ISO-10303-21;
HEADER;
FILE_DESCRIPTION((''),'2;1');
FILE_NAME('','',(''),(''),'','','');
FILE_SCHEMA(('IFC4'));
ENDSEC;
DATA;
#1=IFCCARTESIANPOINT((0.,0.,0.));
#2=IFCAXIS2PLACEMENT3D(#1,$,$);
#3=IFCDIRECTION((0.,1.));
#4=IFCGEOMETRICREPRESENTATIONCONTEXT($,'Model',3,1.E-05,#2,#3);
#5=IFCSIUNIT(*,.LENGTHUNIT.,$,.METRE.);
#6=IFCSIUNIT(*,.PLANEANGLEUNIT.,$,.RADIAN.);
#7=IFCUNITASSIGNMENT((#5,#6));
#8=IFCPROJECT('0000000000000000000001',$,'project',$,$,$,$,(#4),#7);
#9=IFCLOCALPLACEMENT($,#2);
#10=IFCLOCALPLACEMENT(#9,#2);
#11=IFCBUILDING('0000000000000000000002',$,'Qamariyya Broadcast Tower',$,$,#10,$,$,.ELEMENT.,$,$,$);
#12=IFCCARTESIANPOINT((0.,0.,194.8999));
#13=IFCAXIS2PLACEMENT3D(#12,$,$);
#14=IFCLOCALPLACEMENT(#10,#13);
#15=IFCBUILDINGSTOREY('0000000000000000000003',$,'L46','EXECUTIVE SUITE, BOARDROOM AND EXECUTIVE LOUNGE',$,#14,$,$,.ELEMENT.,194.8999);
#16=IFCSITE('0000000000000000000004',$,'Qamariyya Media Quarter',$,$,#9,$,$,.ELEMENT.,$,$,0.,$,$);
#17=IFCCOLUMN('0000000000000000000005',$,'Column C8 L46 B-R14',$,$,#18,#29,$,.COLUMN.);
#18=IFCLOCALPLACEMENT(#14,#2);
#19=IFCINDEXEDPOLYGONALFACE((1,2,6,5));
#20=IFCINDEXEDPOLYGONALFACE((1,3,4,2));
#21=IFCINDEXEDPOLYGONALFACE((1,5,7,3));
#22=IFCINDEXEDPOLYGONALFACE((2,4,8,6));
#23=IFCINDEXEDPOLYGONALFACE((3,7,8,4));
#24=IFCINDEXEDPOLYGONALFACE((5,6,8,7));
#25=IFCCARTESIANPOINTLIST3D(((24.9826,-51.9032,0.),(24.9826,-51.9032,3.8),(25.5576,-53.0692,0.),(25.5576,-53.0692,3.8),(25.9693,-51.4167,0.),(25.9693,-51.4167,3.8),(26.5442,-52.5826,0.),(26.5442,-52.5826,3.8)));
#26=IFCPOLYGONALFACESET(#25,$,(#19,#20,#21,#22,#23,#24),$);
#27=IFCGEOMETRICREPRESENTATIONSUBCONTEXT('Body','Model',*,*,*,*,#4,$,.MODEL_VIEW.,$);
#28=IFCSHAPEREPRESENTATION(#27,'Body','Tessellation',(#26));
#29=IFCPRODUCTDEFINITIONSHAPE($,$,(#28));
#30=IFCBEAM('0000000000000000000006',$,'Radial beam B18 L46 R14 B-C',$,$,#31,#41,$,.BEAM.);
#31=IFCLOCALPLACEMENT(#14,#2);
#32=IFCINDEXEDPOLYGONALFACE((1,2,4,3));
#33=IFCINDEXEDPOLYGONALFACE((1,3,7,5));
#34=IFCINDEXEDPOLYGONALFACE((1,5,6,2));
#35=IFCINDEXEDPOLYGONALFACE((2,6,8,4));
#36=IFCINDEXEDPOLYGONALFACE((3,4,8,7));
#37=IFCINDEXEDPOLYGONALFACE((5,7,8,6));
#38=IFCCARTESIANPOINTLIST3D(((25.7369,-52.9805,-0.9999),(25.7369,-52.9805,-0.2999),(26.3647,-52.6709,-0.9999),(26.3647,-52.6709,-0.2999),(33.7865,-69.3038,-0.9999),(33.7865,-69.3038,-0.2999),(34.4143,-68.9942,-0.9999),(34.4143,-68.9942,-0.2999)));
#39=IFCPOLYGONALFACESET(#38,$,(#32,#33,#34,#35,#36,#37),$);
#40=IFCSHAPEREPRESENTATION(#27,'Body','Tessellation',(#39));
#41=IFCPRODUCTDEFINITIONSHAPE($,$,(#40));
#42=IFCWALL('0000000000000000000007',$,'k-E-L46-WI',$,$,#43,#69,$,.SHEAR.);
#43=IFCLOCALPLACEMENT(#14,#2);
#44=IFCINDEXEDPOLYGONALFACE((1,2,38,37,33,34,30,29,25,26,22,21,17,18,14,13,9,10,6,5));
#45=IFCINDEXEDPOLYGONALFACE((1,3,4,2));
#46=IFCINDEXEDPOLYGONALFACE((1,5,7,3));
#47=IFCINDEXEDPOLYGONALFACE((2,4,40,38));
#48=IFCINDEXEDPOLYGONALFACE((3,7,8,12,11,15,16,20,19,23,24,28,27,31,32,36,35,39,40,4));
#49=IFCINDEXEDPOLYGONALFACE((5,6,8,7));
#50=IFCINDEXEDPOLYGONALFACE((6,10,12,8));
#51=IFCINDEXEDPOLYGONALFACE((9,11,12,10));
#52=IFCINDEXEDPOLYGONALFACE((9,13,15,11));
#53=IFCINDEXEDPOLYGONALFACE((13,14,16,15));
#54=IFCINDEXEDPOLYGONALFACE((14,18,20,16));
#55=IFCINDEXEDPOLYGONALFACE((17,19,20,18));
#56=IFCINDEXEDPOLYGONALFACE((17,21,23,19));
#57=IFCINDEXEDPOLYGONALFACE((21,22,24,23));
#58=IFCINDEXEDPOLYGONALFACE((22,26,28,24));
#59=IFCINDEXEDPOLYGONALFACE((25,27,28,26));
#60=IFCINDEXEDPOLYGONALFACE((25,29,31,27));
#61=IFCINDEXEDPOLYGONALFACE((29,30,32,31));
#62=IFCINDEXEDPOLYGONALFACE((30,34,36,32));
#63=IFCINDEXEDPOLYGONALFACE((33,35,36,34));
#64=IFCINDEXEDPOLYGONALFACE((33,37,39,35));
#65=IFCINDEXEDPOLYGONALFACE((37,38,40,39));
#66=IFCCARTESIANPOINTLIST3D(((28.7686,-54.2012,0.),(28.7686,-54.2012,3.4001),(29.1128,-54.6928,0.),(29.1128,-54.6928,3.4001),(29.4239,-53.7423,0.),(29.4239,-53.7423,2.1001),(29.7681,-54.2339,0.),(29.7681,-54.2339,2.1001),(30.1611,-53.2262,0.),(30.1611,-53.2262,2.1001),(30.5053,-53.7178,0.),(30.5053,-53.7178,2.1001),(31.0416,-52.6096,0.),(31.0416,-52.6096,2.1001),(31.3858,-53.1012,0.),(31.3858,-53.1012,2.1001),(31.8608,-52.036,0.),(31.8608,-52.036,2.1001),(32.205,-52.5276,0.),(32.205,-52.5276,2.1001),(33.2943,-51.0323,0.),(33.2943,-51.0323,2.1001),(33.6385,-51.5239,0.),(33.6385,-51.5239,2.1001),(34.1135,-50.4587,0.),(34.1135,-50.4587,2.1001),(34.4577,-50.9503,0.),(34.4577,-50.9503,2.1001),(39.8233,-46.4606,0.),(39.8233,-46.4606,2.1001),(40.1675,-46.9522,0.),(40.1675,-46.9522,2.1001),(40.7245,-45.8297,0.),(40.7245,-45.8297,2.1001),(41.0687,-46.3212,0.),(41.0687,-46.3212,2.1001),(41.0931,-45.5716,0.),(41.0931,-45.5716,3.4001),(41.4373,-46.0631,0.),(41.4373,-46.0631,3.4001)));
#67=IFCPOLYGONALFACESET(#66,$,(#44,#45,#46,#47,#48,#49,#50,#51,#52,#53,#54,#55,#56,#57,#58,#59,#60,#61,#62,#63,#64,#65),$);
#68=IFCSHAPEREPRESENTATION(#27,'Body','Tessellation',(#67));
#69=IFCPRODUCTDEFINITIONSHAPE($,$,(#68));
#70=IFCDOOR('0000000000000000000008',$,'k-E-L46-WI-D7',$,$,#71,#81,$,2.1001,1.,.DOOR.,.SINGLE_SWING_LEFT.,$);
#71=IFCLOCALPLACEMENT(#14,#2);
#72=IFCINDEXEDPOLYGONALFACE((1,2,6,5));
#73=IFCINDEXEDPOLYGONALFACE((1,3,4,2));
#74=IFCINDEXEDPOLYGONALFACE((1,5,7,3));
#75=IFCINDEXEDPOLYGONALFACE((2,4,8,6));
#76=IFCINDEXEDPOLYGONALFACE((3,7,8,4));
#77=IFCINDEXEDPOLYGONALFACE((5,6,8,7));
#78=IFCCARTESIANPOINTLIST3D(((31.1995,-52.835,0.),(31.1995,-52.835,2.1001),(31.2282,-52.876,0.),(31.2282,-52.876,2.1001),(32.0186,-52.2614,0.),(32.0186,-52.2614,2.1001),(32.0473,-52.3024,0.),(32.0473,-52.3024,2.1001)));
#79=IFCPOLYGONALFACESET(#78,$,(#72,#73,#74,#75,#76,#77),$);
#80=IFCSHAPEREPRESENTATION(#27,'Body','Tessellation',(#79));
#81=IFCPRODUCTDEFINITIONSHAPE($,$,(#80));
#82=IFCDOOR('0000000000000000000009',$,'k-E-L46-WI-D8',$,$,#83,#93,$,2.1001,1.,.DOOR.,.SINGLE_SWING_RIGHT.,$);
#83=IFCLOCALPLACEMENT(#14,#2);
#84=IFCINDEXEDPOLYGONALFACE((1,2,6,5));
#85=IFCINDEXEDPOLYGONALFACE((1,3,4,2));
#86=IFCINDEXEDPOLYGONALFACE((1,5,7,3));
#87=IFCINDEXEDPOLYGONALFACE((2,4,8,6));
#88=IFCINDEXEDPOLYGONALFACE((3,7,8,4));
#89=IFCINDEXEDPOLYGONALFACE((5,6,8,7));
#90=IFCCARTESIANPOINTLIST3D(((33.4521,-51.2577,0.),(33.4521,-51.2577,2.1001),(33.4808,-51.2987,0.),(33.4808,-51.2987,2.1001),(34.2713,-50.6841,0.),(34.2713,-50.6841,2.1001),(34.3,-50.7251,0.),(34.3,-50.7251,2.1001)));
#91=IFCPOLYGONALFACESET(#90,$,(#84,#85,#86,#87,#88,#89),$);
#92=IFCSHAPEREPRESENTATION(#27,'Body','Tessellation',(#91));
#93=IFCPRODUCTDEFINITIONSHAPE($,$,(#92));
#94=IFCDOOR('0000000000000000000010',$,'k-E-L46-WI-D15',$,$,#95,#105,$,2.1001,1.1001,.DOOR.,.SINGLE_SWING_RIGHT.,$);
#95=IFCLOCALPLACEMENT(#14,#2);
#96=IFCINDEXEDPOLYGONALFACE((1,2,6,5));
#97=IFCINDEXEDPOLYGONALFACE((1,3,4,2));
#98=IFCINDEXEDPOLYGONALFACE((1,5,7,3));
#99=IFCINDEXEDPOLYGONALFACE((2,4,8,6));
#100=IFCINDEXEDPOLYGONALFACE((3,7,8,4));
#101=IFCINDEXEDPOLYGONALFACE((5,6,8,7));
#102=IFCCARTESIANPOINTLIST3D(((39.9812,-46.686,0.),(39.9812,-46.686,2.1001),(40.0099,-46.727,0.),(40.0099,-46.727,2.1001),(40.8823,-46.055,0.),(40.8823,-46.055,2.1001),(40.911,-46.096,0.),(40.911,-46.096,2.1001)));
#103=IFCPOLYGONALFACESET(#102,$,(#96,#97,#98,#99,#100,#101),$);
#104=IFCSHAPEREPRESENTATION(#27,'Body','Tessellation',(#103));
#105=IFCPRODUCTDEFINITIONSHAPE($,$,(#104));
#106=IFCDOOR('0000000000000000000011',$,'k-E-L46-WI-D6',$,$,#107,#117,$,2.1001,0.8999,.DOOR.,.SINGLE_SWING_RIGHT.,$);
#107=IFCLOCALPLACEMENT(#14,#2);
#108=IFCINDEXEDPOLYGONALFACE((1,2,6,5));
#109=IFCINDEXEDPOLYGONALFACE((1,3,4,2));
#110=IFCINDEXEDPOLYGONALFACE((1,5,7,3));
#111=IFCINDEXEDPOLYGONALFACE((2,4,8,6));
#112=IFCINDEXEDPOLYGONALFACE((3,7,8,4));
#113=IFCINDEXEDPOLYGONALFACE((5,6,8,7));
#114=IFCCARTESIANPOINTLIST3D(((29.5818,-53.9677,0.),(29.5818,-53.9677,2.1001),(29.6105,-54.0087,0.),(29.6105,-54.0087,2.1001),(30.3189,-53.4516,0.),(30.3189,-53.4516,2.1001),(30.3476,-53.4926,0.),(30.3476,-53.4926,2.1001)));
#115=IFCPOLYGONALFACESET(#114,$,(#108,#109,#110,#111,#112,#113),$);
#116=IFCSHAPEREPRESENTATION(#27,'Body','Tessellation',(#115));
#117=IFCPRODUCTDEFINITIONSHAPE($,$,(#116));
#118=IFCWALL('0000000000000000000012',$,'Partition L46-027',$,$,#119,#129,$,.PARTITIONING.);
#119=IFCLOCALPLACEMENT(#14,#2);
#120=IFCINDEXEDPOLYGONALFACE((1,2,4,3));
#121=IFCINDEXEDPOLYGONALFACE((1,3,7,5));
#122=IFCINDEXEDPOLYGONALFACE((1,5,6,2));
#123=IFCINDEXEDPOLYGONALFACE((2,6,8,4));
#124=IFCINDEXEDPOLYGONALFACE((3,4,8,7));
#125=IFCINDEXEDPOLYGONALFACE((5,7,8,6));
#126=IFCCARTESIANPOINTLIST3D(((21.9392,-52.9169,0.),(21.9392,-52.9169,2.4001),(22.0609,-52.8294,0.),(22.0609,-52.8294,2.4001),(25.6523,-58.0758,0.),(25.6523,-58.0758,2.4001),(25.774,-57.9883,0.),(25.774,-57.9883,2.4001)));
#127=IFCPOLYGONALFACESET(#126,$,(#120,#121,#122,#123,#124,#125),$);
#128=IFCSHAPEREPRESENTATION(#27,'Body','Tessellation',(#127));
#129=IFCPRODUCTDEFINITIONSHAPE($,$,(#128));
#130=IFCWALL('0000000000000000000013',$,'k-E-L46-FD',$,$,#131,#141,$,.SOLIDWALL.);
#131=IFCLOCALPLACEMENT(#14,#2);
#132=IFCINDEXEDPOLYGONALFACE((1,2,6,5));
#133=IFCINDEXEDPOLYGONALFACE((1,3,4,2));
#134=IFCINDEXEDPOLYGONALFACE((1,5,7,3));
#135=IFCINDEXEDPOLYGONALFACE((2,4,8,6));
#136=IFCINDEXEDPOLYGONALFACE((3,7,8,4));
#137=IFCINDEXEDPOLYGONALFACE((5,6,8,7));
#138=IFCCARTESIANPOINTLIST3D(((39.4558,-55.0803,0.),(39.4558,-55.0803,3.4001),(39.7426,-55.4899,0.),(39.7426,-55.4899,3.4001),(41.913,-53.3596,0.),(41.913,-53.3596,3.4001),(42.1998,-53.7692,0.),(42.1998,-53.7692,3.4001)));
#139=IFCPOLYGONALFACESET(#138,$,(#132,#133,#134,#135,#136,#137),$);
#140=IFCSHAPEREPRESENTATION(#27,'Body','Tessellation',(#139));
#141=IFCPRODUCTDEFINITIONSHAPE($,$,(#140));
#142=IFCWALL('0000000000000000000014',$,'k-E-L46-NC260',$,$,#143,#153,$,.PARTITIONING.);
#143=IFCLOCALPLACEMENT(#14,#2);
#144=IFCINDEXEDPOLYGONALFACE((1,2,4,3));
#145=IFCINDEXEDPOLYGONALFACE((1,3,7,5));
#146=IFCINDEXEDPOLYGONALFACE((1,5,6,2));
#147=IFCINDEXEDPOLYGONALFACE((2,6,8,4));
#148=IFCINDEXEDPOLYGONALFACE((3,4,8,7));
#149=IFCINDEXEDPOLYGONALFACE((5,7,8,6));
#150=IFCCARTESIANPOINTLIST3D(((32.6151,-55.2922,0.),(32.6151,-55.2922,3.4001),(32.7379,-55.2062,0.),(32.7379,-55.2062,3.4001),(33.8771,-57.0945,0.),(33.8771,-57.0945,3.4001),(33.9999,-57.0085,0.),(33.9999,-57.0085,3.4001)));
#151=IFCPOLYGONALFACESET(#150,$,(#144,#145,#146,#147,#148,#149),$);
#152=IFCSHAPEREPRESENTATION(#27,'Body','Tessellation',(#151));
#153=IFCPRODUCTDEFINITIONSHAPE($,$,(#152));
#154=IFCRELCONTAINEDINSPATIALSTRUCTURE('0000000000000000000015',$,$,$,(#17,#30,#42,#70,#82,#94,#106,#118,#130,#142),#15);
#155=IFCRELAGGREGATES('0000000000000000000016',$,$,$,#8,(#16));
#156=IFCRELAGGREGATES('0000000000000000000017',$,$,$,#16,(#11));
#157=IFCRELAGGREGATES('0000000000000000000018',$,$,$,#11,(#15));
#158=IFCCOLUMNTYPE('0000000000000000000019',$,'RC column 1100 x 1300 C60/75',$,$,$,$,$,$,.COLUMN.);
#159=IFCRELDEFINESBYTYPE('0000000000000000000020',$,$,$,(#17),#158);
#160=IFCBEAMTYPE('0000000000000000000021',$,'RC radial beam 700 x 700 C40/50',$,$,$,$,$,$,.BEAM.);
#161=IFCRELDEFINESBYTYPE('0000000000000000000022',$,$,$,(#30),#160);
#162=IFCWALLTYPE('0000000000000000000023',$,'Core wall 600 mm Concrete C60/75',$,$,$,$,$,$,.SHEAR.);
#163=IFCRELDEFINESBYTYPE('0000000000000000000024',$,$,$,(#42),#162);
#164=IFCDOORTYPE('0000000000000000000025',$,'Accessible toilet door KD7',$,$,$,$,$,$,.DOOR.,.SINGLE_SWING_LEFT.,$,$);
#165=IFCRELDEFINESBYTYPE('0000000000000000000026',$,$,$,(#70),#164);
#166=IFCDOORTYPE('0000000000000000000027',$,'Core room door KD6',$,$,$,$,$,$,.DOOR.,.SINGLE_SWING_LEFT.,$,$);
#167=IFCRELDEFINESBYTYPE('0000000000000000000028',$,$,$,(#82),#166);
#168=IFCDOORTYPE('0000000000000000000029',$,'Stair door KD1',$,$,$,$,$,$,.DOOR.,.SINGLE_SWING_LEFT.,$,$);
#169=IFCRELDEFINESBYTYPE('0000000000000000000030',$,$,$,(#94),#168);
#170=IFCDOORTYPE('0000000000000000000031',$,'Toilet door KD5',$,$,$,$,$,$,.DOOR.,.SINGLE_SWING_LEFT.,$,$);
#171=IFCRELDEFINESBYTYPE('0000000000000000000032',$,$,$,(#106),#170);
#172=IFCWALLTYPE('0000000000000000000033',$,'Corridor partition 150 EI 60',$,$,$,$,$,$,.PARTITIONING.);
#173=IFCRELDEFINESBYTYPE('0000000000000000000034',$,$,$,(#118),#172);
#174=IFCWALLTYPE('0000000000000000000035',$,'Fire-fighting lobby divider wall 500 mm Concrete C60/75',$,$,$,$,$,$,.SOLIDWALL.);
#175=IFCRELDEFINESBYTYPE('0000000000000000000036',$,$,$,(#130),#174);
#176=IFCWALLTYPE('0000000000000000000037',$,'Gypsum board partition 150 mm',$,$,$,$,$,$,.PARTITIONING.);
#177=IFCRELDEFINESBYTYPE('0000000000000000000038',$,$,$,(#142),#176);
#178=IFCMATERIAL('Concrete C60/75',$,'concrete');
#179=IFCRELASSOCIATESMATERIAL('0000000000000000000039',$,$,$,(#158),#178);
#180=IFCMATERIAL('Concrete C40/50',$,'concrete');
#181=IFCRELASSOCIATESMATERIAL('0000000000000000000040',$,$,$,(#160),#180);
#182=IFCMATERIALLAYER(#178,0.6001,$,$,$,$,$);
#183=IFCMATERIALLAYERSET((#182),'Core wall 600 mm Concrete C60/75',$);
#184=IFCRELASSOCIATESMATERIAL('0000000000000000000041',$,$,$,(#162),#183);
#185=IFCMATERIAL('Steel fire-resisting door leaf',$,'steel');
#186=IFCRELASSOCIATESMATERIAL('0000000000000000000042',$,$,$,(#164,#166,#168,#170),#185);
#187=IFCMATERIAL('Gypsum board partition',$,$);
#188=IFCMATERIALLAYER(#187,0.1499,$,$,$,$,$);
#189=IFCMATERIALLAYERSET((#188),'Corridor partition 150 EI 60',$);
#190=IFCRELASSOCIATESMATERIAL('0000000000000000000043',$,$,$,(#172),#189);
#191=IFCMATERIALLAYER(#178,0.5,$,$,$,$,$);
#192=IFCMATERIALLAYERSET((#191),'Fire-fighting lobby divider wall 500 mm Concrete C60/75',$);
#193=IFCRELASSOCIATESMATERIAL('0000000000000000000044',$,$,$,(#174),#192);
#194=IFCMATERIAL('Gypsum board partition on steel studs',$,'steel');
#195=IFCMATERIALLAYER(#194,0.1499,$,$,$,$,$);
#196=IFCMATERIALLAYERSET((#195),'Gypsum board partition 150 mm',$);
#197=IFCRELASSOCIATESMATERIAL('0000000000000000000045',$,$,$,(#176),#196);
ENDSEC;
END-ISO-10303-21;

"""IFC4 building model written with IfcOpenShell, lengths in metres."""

from ifc_helpers import new_model, si_unit, direction, frame, frame_2d, origin, origin_2d, place, context, subcontext, project, spatial, rectangle, extrude, material, layer, layer_set, material_profile, profile_set, type_object, element, fill, save


model = new_model("IFC4")

# Units and contexts
model_context = context("Model", 3, precision=1e-05, world=origin(), true_north=direction((0.0, 1.0)))
body_context = subcontext(model_context, "Body", "Model", "MODEL_VIEW")
ifc_project = project(units=[si_unit("LENGTHUNIT", "METRE"), si_unit("PLANEANGLEUNIT", "RADIAN")], contexts=[model_context])

# Site, building, storey
site_placement = place(None, origin())
site = spatial("IfcSite", under=ifc_project, at=site_placement, Name="Qamariyya Media Quarter", CompositionType="ELEMENT", RefElevation=0.0)
building_placement = place(site_placement, origin())
building = spatial("IfcBuilding", under=site, at=building_placement, Name="Qamariyya Broadcast Tower", CompositionType="ELEMENT")
storey_placement = place(building_placement, frame((0.0, 0.0, 194.8999)))
storey = spatial("IfcBuildingStorey", under=building, at=storey_placement, Name="L46", Description="EXECUTIVE SUITE, BOARDROOM AND EXECUTIVE LOUNGE", CompositionType="ELEMENT", Elevation=194.8999)

# Column
ifc_material_1 = material(Name="Concrete C60/75", Category="concrete")
ifc_material_profile_1 = material_profile(ifc_material_1, rectangle(XDim=1.1001, YDim=1.3, at=origin_2d()))
ifc_profile_set_1 = profile_set([ifc_material_profile_1], Name="Concrete C60/75")
column_type = type_object("IfcColumnType", Name="RC column 1100 x 1300 C60/75", PredefinedType="COLUMN", material=ifc_profile_set_1)
column_placement = place(storey_placement, frame((25.7634, -52.2429, 0.0), z_axis=(0.0, 0.0, 1.0), x_axis=(0.896873, 0.442289, 0.0)))
element("IfcColumn", 1, at=column_placement, inside=storey, type_object=column_type, Name="Column C8 L46 B-R14", PredefinedType="COLUMN", context=body_context, shape_type="SweptSolid", body=[
    extrude(rectangle(XDim=1.1001, YDim=1.3, at=origin_2d()), origin(), (0.0, 0.0, 1.0), 3.8),
])

# Beam
ifc_material_2 = material(Name="Concrete C40/50", Category="concrete")
ifc_material_profile_2 = material_profile(ifc_material_2, rectangle(XDim=0.7, YDim=0.7, at=origin_2d()))
ifc_profile_set_2 = profile_set([ifc_material_profile_2], Name="Concrete C40/50")
beam_type = type_object("IfcBeamType", Name="RC radial beam 700 x 700 C40/50", PredefinedType="BEAM", material=ifc_profile_set_2)
beam_placement = place(storey_placement, frame((26.0508, -52.8257, -0.6499), z_axis=(0.442281, -0.896876, 0.0), x_axis=(0.896876, 0.442281, 0.0)))
element("IfcBeam", 2, at=beam_placement, inside=storey, type_object=beam_type, Name="Radial beam B18 L46 R14 B-C", PredefinedType="BEAM", context=body_context, shape_type="SweptSolid", body=[
    extrude(rectangle(XDim=0.7, YDim=0.7, at=origin_2d()), origin(), (0.0, 0.0, 1.0), 18.2002),
])

# Wall, openings, doors
ifc_layer_1 = layer(ifc_material_1, 0.6001)
ifc_layer_set_1 = layer_set([ifc_layer_1], Name="Core wall 600 mm Concrete C60/75")
wall_type_1 = type_object("IfcWallType", Name="Core wall 600 mm Concrete C60/75", PredefinedType="SHEAR", material=ifc_layer_set_1)
wall_1_placement = place(storey_placement, frame((28.9407, -54.447, 0.0), z_axis=(0.0, 0.0, 1.0), x_axis=(0.819153, 0.573575, 0.0)))
wall_1 = element("IfcWall", 3, at=wall_1_placement, inside=storey, type_object=wall_type_1, Name="k-E-L46-WI", PredefinedType="SHEAR", context=body_context, shape_type="SweptSolid", body=[
    extrude(rectangle(XDim=15.0454, YDim=0.6001, at=frame_2d((7.5227, 0.0))), origin(), (0.0, 0.0, 1.0), 3.4001),
])
opening_1_placement = place(wall_1_placement, frame((0.8, 0.0, 0.0)))
opening_1 = element("IfcOpeningElement", 4, at=opening_1_placement, cuts=wall_1, PredefinedType="OPENING", context=body_context, shape_type="SweptSolid", body=[
    extrude(rectangle(XDim=0.8999, YDim=2.1001, at=frame_2d((0.45, 1.05))), frame((0.0, 0.3101, 0.0), z_axis=(0.0, -1.0, 0.0), x_axis=(1.0, 0.0, 0.0)), (0.0, 0.0, 1.0), 0.6201),
])
opening_2_placement = place(wall_1_placement, frame((2.7749, 0.0, 0.0)))
opening_2 = element("IfcOpeningElement", 5, at=opening_2_placement, cuts=wall_1, PredefinedType="OPENING", context=body_context, shape_type="SweptSolid", body=[
    extrude(rectangle(XDim=1.0, YDim=2.1001, at=frame_2d((0.5, 1.05))), frame((0.0, 0.3101, 0.0), z_axis=(0.0, -1.0, 0.0), x_axis=(1.0, 0.0, 0.0)), (0.0, 0.0, 1.0), 0.6201),
])
opening_3_placement = place(wall_1_placement, frame((5.5249, 0.0, 0.0)))
opening_3 = element("IfcOpeningElement", 6, at=opening_3_placement, cuts=wall_1, PredefinedType="OPENING", context=body_context, shape_type="SweptSolid", body=[
    extrude(rectangle(XDim=1.0, YDim=2.1001, at=frame_2d((0.5, 1.05))), frame((0.0, 0.3101, 0.0), z_axis=(0.0, -1.0, 0.0), x_axis=(1.0, 0.0, 0.0)), (0.0, 0.0, 1.0), 0.6201),
])
opening_4_placement = place(wall_1_placement, frame((13.4954, 0.0, 0.0)))
opening_4 = element("IfcOpeningElement", 7, at=opening_4_placement, cuts=wall_1, PredefinedType="OPENING", context=body_context, shape_type="SweptSolid", body=[
    extrude(rectangle(XDim=1.1001, YDim=2.1001, at=frame_2d((0.55, 1.05))), frame((0.0, 0.3101, 0.0), z_axis=(0.0, -1.0, 0.0), x_axis=(1.0, 0.0, 0.0)), (0.0, 0.0, 1.0), 0.6201),
])
ifc_material_3 = material(Name="Steel fire-resisting door leaf", Category="steel")
door_type_1 = type_object("IfcDoorType", Name="Accessible toilet door KD7", OperationType="SINGLE_SWING_LEFT", PredefinedType="DOOR", material=ifc_material_3)
door_1_placement = place(opening_2_placement, origin())
door_1 = element("IfcDoor", 8, at=door_1_placement, inside=storey, type_object=door_type_1, Name="k-E-L46-WI-D7", OperationType="SINGLE_SWING_LEFT", OverallHeight=2.1001, OverallWidth=1.0, PredefinedType="DOOR", context=body_context, shape_type="SweptSolid", body=[
    extrude(rectangle(XDim=1.0, YDim=2.1001, at=frame_2d((0.5, 1.05))), frame((0.0, 0.0249, 0.0), z_axis=(0.0, -1.0, 0.0), x_axis=(1.0, 0.0, 0.0)), (0.0, 0.0, 1.0), 0.05),
])
fill(opening_2, door_1)
door_type_2 = type_object("IfcDoorType", Name="Core room door KD6", OperationType="SINGLE_SWING_LEFT", PredefinedType="DOOR", material=ifc_material_3)
door_2_placement = place(opening_3_placement, origin())
door_2 = element("IfcDoor", 9, at=door_2_placement, inside=storey, type_object=door_type_2, Name="k-E-L46-WI-D8", OperationType="SINGLE_SWING_RIGHT", OverallHeight=2.1001, OverallWidth=1.0, PredefinedType="DOOR", context=body_context, shape_type="SweptSolid", body=[
    extrude(rectangle(XDim=1.0, YDim=2.1001, at=frame_2d((0.5, 1.05))), frame((0.0, 0.0249, 0.0), z_axis=(0.0, -1.0, 0.0), x_axis=(1.0, 0.0, 0.0)), (0.0, 0.0, 1.0), 0.05),
])
fill(opening_3, door_2)
door_type_3 = type_object("IfcDoorType", Name="Stair door KD1", OperationType="SINGLE_SWING_LEFT", PredefinedType="DOOR", material=ifc_material_3)
door_3_placement = place(opening_4_placement, origin())
door_3 = element("IfcDoor", 10, at=door_3_placement, inside=storey, type_object=door_type_3, Name="k-E-L46-WI-D15", OperationType="SINGLE_SWING_RIGHT", OverallHeight=2.1001, OverallWidth=1.1001, PredefinedType="DOOR", context=body_context, shape_type="SweptSolid", body=[
    extrude(rectangle(XDim=1.1001, YDim=2.1001, at=frame_2d((0.55, 1.05))), frame((0.0, 0.0249, 0.0), z_axis=(0.0, -1.0, 0.0), x_axis=(1.0, 0.0, 0.0)), (0.0, 0.0, 1.0), 0.05),
])
fill(opening_4, door_3)
door_type_4 = type_object("IfcDoorType", Name="Toilet door KD5", OperationType="SINGLE_SWING_LEFT", PredefinedType="DOOR", material=ifc_material_3)
door_4_placement = place(opening_1_placement, origin())
door_4 = element("IfcDoor", 11, at=door_4_placement, inside=storey, type_object=door_type_4, Name="k-E-L46-WI-D6", OperationType="SINGLE_SWING_RIGHT", OverallHeight=2.1001, OverallWidth=0.8999, PredefinedType="DOOR", context=body_context, shape_type="SweptSolid", body=[
    extrude(rectangle(XDim=0.8999, YDim=2.1001, at=frame_2d((0.45, 1.05))), frame((0.0, 0.0249, 0.0), z_axis=(0.0, -1.0, 0.0), x_axis=(1.0, 0.0, 0.0)), (0.0, 0.0, 1.0), 0.05),
])
fill(opening_1, door_4)

# Walls
ifc_material_4 = material(Name="Gypsum board partition")
ifc_layer_2 = layer(ifc_material_4, 0.1499)
ifc_layer_set_2 = layer_set([ifc_layer_2], Name="Corridor partition 150 EI 60")
wall_type_2 = type_object("IfcWallType", Name="Corridor partition 150 EI 60", PredefinedType="PARTITIONING", material=ifc_layer_set_2)
wall_2_placement = place(storey_placement, frame((22.0, -52.873, 0.0), z_axis=(0.0, 0.0, 1.0), x_axis=(0.58417, -0.811631, 0.0)))
element("IfcWall", 12, at=wall_2_placement, inside=storey, type_object=wall_type_2, Name="Partition L46-027", PredefinedType="PARTITIONING", context=body_context, shape_type="SweptSolid", body=[
    extrude(rectangle(XDim=6.3562, YDim=0.1499, at=frame_2d((3.1782, 0.0))), origin(), (0.0, 0.0, 1.0), 2.4001),
])
ifc_layer_3 = layer(ifc_material_1, 0.5)
ifc_layer_set_3 = layer_set([ifc_layer_3], Name="Fire-fighting lobby divider wall 500 mm Concrete C60/75")
wall_type_3 = type_object("IfcWallType", Name="Fire-fighting lobby divider wall 500 mm Concrete C60/75", PredefinedType="SOLIDWALL", material=ifc_layer_set_3)
wall_3_placement = place(storey_placement, frame((39.5991, -55.2852, 0.0), z_axis=(0.0, 0.0, 1.0), x_axis=(0.819136, 0.573599, 0.0)))
element("IfcWall", 13, at=wall_3_placement, inside=storey, type_object=wall_type_3, Name="k-E-L46-FD", PredefinedType="SOLIDWALL", context=body_context, shape_type="SweptSolid", body=[
    extrude(rectangle(XDim=2.9998, YDim=0.5, at=frame_2d((1.5, 0.0))), origin(), (0.0, 0.0, 1.0), 3.4001),
])
ifc_material_5 = material(Name="Gypsum board partition on steel studs", Category="steel")
ifc_layer_4 = layer(ifc_material_5, 0.1499)
ifc_layer_set_4 = layer_set([ifc_layer_4], Name="Gypsum board partition 150 mm")
wall_type_4 = type_object("IfcWallType", Name="Gypsum board partition 150 mm", PredefinedType="PARTITIONING", material=ifc_layer_set_4)
wall_4_placement = place(storey_placement, frame((33.9385, -57.0515, 0.0), z_axis=(0.0, 0.0, 1.0), x_axis=(-0.573581, 0.819149, 0.0)))
element("IfcWall", 14, at=wall_4_placement, inside=storey, type_object=wall_type_4, Name="k-E-L46-NC260", PredefinedType="PARTITIONING", context=body_context, shape_type="SweptSolid", body=[
    extrude(rectangle(XDim=2.2002, YDim=0.1499, at=frame_2d((1.1001, 0.0))), origin(), (0.0, 0.0, 1.0), 3.4001),
])

save(model, "model.ifc")
